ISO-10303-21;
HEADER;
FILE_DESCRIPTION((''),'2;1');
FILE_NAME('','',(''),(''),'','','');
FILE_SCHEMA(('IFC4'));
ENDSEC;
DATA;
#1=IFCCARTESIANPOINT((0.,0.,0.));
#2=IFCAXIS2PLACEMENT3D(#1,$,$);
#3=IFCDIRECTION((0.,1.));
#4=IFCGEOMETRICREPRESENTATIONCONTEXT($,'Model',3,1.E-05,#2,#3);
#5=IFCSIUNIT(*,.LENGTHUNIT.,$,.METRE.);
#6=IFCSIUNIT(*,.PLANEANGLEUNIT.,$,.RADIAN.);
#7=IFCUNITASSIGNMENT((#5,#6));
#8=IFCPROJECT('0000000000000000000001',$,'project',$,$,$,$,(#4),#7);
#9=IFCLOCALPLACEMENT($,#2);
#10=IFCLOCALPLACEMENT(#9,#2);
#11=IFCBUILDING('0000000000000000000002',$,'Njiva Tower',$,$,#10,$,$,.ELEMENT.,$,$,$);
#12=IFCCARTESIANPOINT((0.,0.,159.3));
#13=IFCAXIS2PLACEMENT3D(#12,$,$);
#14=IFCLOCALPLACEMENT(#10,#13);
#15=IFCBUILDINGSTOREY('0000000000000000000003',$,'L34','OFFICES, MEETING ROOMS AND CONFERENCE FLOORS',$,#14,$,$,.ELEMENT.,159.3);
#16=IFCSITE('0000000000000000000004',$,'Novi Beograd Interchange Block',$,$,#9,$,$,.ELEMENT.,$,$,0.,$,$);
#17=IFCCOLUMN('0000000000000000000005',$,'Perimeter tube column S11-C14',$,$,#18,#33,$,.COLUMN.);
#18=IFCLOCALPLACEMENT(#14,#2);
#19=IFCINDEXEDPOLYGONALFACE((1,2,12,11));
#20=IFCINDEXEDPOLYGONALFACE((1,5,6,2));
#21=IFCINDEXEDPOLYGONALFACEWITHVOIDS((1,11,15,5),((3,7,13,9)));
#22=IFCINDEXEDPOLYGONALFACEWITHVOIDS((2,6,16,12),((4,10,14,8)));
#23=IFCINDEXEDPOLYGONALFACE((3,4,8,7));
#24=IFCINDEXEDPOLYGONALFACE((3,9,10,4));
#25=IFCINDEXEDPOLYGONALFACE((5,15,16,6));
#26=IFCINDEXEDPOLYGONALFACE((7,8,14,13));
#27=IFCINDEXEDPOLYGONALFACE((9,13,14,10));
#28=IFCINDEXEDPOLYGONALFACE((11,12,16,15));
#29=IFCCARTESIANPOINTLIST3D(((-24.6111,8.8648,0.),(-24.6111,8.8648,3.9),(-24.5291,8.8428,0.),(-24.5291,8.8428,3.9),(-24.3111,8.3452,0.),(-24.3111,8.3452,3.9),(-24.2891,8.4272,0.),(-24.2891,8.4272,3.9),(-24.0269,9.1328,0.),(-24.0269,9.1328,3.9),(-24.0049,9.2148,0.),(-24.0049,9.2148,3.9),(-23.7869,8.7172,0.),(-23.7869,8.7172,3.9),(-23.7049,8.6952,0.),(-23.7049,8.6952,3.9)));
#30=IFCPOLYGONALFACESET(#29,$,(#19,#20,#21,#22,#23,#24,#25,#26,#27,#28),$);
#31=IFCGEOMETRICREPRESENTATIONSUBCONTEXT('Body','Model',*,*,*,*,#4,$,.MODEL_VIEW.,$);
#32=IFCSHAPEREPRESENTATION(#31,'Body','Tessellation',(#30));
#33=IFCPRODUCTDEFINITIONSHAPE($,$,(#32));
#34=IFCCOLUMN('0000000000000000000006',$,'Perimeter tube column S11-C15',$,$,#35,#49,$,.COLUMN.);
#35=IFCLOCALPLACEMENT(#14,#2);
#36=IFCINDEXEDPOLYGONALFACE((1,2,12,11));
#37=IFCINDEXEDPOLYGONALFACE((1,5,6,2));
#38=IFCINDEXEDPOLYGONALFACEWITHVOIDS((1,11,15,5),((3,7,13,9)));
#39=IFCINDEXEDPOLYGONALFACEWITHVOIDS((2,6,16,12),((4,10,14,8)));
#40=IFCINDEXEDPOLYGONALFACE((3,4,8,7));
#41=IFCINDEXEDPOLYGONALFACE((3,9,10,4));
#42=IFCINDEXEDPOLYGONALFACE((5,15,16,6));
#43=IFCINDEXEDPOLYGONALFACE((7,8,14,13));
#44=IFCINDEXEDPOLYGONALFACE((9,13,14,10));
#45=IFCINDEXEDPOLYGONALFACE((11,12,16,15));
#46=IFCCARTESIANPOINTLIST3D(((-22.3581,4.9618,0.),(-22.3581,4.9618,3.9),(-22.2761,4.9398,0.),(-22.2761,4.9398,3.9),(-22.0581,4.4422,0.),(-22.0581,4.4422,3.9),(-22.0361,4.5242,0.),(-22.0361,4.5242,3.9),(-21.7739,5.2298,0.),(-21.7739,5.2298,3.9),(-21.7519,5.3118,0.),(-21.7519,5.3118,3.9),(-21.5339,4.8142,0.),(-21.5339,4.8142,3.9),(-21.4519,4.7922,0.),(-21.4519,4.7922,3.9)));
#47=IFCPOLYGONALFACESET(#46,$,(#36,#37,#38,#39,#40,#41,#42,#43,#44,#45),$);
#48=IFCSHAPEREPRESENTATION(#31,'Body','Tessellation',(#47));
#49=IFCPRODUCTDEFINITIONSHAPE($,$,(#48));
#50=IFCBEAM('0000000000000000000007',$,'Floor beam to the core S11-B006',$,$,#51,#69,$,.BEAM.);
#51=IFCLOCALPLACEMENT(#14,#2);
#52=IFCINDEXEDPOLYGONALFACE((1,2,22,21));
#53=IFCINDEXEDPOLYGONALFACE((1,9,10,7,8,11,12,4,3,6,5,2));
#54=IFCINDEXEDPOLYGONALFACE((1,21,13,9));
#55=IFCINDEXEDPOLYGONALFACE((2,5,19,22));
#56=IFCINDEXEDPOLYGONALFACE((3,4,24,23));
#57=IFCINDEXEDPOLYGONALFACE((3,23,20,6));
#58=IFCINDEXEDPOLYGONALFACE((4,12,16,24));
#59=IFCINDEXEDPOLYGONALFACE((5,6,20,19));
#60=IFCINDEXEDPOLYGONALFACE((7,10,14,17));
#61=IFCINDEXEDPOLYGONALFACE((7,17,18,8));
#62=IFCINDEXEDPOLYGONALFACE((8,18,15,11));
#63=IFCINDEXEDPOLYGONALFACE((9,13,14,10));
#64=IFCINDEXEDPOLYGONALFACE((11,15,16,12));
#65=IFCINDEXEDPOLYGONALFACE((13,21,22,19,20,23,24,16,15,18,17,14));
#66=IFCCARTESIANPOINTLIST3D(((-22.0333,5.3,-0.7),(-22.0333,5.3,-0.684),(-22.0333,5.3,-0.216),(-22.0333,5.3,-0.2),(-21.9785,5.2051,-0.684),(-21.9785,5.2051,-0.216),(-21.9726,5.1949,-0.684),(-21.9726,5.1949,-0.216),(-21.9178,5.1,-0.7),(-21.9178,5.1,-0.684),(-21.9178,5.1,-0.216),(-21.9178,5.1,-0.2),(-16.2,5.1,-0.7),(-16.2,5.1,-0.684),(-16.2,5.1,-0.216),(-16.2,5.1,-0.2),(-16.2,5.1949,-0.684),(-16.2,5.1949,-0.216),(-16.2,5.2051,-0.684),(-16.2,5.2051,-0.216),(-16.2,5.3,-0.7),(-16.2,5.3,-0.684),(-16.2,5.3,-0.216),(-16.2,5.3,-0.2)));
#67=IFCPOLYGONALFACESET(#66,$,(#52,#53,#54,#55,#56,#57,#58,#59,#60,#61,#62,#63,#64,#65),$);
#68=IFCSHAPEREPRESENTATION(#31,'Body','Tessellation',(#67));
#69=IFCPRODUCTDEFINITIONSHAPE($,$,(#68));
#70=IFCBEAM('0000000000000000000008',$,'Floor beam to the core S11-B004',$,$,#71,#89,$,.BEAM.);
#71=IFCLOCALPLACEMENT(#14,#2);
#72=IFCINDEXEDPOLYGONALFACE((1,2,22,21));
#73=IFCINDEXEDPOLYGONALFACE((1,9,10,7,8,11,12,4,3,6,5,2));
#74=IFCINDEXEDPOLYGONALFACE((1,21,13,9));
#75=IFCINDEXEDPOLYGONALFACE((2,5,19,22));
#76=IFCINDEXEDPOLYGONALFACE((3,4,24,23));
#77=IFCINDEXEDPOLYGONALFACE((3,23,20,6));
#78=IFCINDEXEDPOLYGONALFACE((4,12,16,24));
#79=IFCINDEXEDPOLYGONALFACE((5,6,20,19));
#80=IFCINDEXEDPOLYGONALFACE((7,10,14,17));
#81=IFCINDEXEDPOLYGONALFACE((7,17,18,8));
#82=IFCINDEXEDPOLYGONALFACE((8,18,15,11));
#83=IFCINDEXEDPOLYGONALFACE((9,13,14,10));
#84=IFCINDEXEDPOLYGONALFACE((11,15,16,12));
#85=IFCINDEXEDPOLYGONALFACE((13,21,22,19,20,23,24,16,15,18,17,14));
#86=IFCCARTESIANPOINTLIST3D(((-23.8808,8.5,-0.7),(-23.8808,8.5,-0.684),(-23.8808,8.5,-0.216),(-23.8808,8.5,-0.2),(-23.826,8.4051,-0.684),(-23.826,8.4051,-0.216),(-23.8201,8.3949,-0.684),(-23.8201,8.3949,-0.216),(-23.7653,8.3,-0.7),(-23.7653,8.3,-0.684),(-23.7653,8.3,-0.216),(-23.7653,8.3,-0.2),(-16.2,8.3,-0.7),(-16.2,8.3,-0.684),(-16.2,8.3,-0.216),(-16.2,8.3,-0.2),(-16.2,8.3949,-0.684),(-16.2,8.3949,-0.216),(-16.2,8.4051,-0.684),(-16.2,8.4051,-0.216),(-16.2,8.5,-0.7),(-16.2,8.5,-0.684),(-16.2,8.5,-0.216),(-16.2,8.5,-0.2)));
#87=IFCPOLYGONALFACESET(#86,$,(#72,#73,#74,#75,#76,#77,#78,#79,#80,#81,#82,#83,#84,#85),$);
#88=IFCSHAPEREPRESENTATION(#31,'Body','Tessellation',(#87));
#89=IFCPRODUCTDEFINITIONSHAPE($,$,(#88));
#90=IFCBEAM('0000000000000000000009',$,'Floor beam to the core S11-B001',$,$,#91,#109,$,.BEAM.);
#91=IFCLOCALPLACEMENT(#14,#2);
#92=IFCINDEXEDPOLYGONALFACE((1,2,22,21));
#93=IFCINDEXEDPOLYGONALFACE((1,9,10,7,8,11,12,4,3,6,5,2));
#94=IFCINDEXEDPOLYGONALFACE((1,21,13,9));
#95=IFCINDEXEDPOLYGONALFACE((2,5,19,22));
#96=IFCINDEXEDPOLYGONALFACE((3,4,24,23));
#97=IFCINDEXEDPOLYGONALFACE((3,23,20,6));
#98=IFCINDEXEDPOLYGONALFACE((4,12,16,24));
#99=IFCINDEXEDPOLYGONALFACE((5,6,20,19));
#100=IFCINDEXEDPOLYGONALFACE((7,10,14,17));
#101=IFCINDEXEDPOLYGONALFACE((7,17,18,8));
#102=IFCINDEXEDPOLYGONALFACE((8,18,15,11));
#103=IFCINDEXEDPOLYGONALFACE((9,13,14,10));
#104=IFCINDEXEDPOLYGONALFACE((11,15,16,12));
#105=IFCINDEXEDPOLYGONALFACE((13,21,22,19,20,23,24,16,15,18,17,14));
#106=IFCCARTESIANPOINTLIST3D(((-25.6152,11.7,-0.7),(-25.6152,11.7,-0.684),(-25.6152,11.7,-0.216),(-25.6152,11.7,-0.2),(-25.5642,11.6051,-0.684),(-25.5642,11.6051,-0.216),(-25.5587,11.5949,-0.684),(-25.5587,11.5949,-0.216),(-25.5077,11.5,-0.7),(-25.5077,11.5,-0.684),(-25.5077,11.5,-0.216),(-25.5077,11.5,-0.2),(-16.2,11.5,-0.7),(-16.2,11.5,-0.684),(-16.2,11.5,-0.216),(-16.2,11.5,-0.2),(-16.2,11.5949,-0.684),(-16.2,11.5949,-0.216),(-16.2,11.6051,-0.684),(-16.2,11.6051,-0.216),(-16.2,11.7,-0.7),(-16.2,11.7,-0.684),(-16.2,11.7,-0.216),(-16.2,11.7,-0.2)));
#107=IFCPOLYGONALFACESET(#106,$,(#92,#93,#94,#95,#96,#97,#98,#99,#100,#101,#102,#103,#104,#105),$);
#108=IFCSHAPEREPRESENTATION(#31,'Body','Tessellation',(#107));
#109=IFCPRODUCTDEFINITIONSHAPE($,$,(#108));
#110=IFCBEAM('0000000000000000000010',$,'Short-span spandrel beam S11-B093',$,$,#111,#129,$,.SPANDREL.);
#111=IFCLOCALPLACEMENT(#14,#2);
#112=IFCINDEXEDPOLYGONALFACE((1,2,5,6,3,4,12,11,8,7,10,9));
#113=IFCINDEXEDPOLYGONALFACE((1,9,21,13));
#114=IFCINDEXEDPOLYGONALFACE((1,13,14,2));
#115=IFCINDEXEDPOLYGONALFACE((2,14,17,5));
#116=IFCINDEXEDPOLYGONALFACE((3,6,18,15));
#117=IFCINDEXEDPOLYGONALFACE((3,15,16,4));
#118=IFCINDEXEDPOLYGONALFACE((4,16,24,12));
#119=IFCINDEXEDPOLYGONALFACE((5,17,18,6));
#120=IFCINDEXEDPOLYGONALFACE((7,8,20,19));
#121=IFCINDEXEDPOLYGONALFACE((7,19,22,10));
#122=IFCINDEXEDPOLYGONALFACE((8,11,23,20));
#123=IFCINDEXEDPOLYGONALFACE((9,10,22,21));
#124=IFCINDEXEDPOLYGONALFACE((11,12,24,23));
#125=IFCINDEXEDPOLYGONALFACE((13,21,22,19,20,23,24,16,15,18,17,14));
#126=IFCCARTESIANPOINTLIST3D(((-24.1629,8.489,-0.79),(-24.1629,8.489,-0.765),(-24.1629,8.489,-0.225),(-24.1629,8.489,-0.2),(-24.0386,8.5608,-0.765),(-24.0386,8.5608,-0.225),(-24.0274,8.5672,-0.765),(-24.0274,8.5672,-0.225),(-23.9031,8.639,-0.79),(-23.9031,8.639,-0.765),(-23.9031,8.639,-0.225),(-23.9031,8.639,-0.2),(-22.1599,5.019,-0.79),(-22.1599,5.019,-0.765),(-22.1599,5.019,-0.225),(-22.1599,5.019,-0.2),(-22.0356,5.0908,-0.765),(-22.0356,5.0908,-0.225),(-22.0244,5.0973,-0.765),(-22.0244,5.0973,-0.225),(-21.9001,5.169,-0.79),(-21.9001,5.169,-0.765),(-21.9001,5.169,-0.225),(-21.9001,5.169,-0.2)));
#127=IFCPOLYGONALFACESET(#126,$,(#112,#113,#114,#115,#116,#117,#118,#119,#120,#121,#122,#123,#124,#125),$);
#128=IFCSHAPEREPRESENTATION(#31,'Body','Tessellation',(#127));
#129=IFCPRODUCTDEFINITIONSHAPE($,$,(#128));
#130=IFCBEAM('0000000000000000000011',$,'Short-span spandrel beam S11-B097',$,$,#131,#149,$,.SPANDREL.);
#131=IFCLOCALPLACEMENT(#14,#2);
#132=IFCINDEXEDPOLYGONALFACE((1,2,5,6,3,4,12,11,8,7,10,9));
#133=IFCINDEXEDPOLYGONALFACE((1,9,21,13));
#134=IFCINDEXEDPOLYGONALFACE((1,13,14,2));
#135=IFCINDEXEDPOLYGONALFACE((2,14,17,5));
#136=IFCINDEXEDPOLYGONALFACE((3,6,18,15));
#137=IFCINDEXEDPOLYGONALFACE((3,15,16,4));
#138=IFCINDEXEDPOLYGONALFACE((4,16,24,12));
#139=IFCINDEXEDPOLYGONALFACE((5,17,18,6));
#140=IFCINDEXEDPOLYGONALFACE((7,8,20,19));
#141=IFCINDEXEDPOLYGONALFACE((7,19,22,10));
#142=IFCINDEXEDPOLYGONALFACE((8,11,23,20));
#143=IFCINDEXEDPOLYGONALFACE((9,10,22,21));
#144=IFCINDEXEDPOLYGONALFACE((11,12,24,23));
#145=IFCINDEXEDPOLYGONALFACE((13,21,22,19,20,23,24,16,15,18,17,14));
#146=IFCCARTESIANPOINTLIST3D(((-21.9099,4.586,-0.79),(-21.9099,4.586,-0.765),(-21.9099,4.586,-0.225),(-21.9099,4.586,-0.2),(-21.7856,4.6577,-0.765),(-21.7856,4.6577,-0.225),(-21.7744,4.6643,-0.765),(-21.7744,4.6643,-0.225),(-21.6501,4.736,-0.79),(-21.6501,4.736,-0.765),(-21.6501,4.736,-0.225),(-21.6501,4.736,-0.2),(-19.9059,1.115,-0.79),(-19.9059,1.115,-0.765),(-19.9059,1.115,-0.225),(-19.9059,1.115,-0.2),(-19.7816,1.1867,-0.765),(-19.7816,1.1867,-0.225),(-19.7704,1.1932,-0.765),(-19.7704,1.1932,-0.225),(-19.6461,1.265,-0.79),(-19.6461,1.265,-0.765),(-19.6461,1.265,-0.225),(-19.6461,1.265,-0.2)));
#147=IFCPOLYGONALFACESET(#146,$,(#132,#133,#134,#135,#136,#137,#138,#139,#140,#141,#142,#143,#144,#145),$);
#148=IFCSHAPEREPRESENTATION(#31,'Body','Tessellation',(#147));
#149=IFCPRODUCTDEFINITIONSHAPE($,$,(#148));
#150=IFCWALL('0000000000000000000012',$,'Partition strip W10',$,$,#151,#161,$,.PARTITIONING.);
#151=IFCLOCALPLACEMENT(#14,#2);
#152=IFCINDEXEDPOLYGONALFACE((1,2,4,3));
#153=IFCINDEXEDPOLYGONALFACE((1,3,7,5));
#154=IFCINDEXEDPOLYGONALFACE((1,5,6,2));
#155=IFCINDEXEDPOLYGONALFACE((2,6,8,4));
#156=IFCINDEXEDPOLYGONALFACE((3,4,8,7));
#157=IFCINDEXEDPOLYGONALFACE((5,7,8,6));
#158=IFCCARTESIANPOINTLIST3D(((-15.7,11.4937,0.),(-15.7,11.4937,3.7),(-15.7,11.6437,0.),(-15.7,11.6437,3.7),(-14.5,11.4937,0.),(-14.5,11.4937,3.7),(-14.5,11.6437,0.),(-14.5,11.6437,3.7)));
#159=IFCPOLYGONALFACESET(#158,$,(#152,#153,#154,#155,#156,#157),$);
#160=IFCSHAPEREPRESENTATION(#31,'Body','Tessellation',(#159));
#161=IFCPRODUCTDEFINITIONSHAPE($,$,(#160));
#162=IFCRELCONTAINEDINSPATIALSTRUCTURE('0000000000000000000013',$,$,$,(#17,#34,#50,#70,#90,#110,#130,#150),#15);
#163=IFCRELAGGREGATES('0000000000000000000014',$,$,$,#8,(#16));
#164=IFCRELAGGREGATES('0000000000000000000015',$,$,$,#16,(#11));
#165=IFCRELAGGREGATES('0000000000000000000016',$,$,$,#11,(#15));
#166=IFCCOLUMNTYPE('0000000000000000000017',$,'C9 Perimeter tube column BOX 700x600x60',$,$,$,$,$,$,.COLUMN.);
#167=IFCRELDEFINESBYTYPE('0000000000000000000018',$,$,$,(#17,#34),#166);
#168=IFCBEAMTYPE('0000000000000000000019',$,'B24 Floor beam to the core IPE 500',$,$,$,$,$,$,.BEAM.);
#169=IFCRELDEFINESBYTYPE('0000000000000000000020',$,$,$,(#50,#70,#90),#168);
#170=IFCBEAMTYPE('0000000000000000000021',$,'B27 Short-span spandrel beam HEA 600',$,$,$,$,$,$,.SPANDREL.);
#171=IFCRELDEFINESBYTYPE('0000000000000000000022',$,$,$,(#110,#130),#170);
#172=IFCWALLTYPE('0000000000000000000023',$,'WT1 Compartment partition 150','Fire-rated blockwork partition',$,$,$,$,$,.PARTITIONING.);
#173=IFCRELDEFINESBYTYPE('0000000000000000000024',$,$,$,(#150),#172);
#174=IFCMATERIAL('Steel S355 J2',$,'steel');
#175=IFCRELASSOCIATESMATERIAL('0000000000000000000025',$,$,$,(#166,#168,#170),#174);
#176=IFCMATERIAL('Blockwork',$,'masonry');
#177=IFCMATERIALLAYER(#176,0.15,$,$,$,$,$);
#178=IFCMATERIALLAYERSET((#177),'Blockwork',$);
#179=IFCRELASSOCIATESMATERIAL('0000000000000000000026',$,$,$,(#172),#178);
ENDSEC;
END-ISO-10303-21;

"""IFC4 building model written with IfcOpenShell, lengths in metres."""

from ifc_helpers import new_model, si_unit, direction, frame, frame_2d, origin, origin_2d, place, context, subcontext, project, spatial, rectangle, hollow_rectangle, i_section, extrude, clip, halfspace, material, layer, layer_set, material_profile, profile_set, type_object, element, save


model = new_model("IFC4")

# Units and contexts
model_context = context("Model", 3, precision=1e-05, world=origin(), true_north=direction((0.0, 1.0)))
body_context = subcontext(model_context, "Body", "Model", "MODEL_VIEW")
ifc_project = project(units=[si_unit("LENGTHUNIT", "METRE"), si_unit("PLANEANGLEUNIT", "RADIAN")], contexts=[model_context])

# Site, building, storey
site_placement = place(None, origin())
site = spatial("IfcSite", under=ifc_project, at=site_placement, Name="Novi Beograd Interchange Block", CompositionType="ELEMENT", RefElevation=0.0)
building_placement = place(site_placement, origin())
building = spatial("IfcBuilding", under=site, at=building_placement, Name="Njiva Tower", CompositionType="ELEMENT")
storey_placement = place(building_placement, frame((0.0, 0.0, 159.3)))
storey = spatial("IfcBuildingStorey", under=building, at=storey_placement, Name="L34", Description="OFFICES, MEETING ROOMS AND CONFERENCE FLOORS", CompositionType="ELEMENT", Elevation=159.3)

# Columns
ifc_material_1 = material(Name="Steel S355 J2", Category="steel")
ifc_material_profile_1 = material_profile(ifc_material_1, hollow_rectangle(XDim=0.6, YDim=0.7, WallThickness=0.06, at=origin_2d()), Name="BOX 700x600x60")
ifc_profile_set_1 = profile_set([ifc_material_profile_1], Name="Steel S355 J2")
column_type = type_object("IfcColumnType", Name="C9 Perimeter tube column BOX 700x600x60", PredefinedType="COLUMN", material=ifc_profile_set_1)
for number, where, z_axis, x_axis, name in (
    (1, (-24.158, 8.78, 0.0), (0.0, 0.0, 1.0), (0.5, -0.866025, 0.0), "Perimeter tube column S11-C14"),
    (2, (-21.905, 4.877, 0.0), (0.0, 0.0, 1.0), (0.5, -0.866025, 0.0), "Perimeter tube column S11-C15"),
):
    element("IfcColumn", number, at=place(storey_placement, frame(where, z_axis=z_axis, x_axis=x_axis)), inside=storey, type_object=column_type, Name=name, PredefinedType="COLUMN", context=body_context, shape_type="SweptSolid", body=[
        extrude(hollow_rectangle(XDim=0.6, YDim=0.7, WallThickness=0.06, at=origin_2d()), origin(), (0.0, 0.0, 1.0), 3.9),
    ])

# Beams
ifc_material_profile_2 = material_profile(ifc_material_1, i_section(OverallWidth=0.2, OverallDepth=0.5, WebThickness=0.0102, FlangeThickness=0.016, at=origin_2d()), Name="IPE 500")
ifc_profile_set_2 = profile_set([ifc_material_profile_2], Name="Steel S355 J2")
beam_type_1 = type_object("IfcBeamType", Name="B24 Floor beam to the core IPE 500", PredefinedType="BEAM", material=ifc_profile_set_2)
beam_1_placement = place(storey_placement, frame((-22.054, 5.2, -0.45), z_axis=(1.0, 0.0, 0.0), x_axis=(0.0, 1.0, 0.0)))
element("IfcBeam", 3, at=beam_1_placement, inside=storey, type_object=beam_type_1, Name="Floor beam to the core S11-B006", PredefinedType="BEAM", context=body_context, shape_type="Clipping", body=[
    clip(extrude(i_section(OverallWidth=0.2, OverallDepth=0.5, WebThickness=0.0102, FlangeThickness=0.016, at=origin_2d()), origin(), (0.0, 0.0, 1.0), 5.854), halfspace(frame((-0.025, 0.0, 0.0929), z_axis=(-0.499998, 0.0, -0.866027), x_axis=(0.0, -1.0, 0.0)), False)),
])
beam_2_placement = place(storey_placement, frame((-23.901, 8.4, -0.45), z_axis=(1.0, 0.0, 0.0), x_axis=(0.0, 1.0, 0.0)))
element("IfcBeam", 4, at=beam_2_placement, inside=storey, type_object=beam_type_1, Name="Floor beam to the core S11-B004", PredefinedType="BEAM", context=body_context, shape_type="Clipping", body=[
    clip(extrude(i_section(OverallWidth=0.2, OverallDepth=0.5, WebThickness=0.0102, FlangeThickness=0.016, at=origin_2d()), origin(), (0.0, 0.0, 1.0), 7.701), halfspace(frame((-0.025, 0.0, 0.0924), z_axis=(-0.499998, 0.0, -0.866027), x_axis=(0.0, -1.0, 0.0)), False)),
])
beam_3_placement = place(storey_placement, frame((-25.635, 11.6, -0.45), z_axis=(1.0, 0.0, 0.0), x_axis=(0.0, 1.0, 0.0)))
element("IfcBeam", 5, at=beam_3_placement, inside=storey, type_object=beam_type_1, Name="Floor beam to the core S11-B001", PredefinedType="BEAM", context=body_context, shape_type="Clipping", body=[
    clip(extrude(i_section(OverallWidth=0.2, OverallDepth=0.5, WebThickness=0.0102, FlangeThickness=0.016, at=origin_2d()), origin(), (0.0, 0.0, 1.0), 9.435), halfspace(frame((-0.0237, 0.0, 0.0863), z_axis=(-0.473762, 0.0, -0.880653), x_axis=(0.0, -1.0, 0.0)), False)),
])
ifc_material_profile_3 = material_profile(ifc_material_1, i_section(OverallWidth=0.3, OverallDepth=0.59, WebThickness=0.013, FlangeThickness=0.025, at=origin_2d()), Name="HEA 600")
ifc_profile_set_3 = profile_set([ifc_material_profile_3], Name="Steel S355 J2")
beam_type_2 = type_object("IfcBeamType", Name="B27 Short-span spandrel beam HEA 600", PredefinedType="SPANDREL", material=ifc_profile_set_3)
beam_4_placement = place(storey_placement, frame((-24.033, 8.564, -0.495), z_axis=(0.499924, -0.866069, 0.0), x_axis=(0.866069, 0.499924, 0.0)))
element("IfcBeam", 6, at=beam_4_placement, inside=storey, type_object=beam_type_2, Name="Short-span spandrel beam S11-B093", PredefinedType="SPANDREL", context=body_context, shape_type="SweptSolid", body=[
    extrude(i_section(OverallWidth=0.3, OverallDepth=0.59, WebThickness=0.013, FlangeThickness=0.025, at=origin_2d()), origin(), (0.0, 0.0, 1.0), 4.0066),
])
beam_5_placement = place(storey_placement, frame((-21.78, 4.661, -0.495), z_axis=(0.500003, -0.866024, 0.0), x_axis=(0.866024, 0.500003, 0.0)))
element("IfcBeam", 7, at=beam_5_placement, inside=storey, type_object=beam_type_2, Name="Short-span spandrel beam S11-B097", PredefinedType="SPANDREL", context=body_context, shape_type="SweptSolid", body=[
    extrude(i_section(OverallWidth=0.3, OverallDepth=0.59, WebThickness=0.013, FlangeThickness=0.025, at=origin_2d()), origin(), (0.0, 0.0, 1.0), 4.008),
])

# Wall
ifc_material_2 = material(Name="Blockwork", Category="masonry")
ifc_layer_1 = layer(ifc_material_2, 0.15)
ifc_layer_set_1 = layer_set([ifc_layer_1], Name="Blockwork")
wall_type_1 = type_object("IfcWallType", Name="WT1 Compartment partition 150", Description="Fire-rated blockwork partition", PredefinedType="PARTITIONING", material=ifc_layer_set_1)
wall_1_placement = place(storey_placement, frame((-15.7, 11.5687, 0.0), z_axis=(0.0, 0.0, 1.0), x_axis=(1.0, 0.0, 0.0)))
element("IfcWall", 8, at=wall_1_placement, inside=storey, type_object=wall_type_1, Name="Partition strip W10", PredefinedType="PARTITIONING", context=body_context, shape_type="SweptSolid", body=[
    extrude(rectangle(XDim=1.2, YDim=0.15, at=frame_2d((0.6, 0.0))), origin(), (0.0, 0.0, 1.0), 3.7),
])

save(model, "model.ifc")
